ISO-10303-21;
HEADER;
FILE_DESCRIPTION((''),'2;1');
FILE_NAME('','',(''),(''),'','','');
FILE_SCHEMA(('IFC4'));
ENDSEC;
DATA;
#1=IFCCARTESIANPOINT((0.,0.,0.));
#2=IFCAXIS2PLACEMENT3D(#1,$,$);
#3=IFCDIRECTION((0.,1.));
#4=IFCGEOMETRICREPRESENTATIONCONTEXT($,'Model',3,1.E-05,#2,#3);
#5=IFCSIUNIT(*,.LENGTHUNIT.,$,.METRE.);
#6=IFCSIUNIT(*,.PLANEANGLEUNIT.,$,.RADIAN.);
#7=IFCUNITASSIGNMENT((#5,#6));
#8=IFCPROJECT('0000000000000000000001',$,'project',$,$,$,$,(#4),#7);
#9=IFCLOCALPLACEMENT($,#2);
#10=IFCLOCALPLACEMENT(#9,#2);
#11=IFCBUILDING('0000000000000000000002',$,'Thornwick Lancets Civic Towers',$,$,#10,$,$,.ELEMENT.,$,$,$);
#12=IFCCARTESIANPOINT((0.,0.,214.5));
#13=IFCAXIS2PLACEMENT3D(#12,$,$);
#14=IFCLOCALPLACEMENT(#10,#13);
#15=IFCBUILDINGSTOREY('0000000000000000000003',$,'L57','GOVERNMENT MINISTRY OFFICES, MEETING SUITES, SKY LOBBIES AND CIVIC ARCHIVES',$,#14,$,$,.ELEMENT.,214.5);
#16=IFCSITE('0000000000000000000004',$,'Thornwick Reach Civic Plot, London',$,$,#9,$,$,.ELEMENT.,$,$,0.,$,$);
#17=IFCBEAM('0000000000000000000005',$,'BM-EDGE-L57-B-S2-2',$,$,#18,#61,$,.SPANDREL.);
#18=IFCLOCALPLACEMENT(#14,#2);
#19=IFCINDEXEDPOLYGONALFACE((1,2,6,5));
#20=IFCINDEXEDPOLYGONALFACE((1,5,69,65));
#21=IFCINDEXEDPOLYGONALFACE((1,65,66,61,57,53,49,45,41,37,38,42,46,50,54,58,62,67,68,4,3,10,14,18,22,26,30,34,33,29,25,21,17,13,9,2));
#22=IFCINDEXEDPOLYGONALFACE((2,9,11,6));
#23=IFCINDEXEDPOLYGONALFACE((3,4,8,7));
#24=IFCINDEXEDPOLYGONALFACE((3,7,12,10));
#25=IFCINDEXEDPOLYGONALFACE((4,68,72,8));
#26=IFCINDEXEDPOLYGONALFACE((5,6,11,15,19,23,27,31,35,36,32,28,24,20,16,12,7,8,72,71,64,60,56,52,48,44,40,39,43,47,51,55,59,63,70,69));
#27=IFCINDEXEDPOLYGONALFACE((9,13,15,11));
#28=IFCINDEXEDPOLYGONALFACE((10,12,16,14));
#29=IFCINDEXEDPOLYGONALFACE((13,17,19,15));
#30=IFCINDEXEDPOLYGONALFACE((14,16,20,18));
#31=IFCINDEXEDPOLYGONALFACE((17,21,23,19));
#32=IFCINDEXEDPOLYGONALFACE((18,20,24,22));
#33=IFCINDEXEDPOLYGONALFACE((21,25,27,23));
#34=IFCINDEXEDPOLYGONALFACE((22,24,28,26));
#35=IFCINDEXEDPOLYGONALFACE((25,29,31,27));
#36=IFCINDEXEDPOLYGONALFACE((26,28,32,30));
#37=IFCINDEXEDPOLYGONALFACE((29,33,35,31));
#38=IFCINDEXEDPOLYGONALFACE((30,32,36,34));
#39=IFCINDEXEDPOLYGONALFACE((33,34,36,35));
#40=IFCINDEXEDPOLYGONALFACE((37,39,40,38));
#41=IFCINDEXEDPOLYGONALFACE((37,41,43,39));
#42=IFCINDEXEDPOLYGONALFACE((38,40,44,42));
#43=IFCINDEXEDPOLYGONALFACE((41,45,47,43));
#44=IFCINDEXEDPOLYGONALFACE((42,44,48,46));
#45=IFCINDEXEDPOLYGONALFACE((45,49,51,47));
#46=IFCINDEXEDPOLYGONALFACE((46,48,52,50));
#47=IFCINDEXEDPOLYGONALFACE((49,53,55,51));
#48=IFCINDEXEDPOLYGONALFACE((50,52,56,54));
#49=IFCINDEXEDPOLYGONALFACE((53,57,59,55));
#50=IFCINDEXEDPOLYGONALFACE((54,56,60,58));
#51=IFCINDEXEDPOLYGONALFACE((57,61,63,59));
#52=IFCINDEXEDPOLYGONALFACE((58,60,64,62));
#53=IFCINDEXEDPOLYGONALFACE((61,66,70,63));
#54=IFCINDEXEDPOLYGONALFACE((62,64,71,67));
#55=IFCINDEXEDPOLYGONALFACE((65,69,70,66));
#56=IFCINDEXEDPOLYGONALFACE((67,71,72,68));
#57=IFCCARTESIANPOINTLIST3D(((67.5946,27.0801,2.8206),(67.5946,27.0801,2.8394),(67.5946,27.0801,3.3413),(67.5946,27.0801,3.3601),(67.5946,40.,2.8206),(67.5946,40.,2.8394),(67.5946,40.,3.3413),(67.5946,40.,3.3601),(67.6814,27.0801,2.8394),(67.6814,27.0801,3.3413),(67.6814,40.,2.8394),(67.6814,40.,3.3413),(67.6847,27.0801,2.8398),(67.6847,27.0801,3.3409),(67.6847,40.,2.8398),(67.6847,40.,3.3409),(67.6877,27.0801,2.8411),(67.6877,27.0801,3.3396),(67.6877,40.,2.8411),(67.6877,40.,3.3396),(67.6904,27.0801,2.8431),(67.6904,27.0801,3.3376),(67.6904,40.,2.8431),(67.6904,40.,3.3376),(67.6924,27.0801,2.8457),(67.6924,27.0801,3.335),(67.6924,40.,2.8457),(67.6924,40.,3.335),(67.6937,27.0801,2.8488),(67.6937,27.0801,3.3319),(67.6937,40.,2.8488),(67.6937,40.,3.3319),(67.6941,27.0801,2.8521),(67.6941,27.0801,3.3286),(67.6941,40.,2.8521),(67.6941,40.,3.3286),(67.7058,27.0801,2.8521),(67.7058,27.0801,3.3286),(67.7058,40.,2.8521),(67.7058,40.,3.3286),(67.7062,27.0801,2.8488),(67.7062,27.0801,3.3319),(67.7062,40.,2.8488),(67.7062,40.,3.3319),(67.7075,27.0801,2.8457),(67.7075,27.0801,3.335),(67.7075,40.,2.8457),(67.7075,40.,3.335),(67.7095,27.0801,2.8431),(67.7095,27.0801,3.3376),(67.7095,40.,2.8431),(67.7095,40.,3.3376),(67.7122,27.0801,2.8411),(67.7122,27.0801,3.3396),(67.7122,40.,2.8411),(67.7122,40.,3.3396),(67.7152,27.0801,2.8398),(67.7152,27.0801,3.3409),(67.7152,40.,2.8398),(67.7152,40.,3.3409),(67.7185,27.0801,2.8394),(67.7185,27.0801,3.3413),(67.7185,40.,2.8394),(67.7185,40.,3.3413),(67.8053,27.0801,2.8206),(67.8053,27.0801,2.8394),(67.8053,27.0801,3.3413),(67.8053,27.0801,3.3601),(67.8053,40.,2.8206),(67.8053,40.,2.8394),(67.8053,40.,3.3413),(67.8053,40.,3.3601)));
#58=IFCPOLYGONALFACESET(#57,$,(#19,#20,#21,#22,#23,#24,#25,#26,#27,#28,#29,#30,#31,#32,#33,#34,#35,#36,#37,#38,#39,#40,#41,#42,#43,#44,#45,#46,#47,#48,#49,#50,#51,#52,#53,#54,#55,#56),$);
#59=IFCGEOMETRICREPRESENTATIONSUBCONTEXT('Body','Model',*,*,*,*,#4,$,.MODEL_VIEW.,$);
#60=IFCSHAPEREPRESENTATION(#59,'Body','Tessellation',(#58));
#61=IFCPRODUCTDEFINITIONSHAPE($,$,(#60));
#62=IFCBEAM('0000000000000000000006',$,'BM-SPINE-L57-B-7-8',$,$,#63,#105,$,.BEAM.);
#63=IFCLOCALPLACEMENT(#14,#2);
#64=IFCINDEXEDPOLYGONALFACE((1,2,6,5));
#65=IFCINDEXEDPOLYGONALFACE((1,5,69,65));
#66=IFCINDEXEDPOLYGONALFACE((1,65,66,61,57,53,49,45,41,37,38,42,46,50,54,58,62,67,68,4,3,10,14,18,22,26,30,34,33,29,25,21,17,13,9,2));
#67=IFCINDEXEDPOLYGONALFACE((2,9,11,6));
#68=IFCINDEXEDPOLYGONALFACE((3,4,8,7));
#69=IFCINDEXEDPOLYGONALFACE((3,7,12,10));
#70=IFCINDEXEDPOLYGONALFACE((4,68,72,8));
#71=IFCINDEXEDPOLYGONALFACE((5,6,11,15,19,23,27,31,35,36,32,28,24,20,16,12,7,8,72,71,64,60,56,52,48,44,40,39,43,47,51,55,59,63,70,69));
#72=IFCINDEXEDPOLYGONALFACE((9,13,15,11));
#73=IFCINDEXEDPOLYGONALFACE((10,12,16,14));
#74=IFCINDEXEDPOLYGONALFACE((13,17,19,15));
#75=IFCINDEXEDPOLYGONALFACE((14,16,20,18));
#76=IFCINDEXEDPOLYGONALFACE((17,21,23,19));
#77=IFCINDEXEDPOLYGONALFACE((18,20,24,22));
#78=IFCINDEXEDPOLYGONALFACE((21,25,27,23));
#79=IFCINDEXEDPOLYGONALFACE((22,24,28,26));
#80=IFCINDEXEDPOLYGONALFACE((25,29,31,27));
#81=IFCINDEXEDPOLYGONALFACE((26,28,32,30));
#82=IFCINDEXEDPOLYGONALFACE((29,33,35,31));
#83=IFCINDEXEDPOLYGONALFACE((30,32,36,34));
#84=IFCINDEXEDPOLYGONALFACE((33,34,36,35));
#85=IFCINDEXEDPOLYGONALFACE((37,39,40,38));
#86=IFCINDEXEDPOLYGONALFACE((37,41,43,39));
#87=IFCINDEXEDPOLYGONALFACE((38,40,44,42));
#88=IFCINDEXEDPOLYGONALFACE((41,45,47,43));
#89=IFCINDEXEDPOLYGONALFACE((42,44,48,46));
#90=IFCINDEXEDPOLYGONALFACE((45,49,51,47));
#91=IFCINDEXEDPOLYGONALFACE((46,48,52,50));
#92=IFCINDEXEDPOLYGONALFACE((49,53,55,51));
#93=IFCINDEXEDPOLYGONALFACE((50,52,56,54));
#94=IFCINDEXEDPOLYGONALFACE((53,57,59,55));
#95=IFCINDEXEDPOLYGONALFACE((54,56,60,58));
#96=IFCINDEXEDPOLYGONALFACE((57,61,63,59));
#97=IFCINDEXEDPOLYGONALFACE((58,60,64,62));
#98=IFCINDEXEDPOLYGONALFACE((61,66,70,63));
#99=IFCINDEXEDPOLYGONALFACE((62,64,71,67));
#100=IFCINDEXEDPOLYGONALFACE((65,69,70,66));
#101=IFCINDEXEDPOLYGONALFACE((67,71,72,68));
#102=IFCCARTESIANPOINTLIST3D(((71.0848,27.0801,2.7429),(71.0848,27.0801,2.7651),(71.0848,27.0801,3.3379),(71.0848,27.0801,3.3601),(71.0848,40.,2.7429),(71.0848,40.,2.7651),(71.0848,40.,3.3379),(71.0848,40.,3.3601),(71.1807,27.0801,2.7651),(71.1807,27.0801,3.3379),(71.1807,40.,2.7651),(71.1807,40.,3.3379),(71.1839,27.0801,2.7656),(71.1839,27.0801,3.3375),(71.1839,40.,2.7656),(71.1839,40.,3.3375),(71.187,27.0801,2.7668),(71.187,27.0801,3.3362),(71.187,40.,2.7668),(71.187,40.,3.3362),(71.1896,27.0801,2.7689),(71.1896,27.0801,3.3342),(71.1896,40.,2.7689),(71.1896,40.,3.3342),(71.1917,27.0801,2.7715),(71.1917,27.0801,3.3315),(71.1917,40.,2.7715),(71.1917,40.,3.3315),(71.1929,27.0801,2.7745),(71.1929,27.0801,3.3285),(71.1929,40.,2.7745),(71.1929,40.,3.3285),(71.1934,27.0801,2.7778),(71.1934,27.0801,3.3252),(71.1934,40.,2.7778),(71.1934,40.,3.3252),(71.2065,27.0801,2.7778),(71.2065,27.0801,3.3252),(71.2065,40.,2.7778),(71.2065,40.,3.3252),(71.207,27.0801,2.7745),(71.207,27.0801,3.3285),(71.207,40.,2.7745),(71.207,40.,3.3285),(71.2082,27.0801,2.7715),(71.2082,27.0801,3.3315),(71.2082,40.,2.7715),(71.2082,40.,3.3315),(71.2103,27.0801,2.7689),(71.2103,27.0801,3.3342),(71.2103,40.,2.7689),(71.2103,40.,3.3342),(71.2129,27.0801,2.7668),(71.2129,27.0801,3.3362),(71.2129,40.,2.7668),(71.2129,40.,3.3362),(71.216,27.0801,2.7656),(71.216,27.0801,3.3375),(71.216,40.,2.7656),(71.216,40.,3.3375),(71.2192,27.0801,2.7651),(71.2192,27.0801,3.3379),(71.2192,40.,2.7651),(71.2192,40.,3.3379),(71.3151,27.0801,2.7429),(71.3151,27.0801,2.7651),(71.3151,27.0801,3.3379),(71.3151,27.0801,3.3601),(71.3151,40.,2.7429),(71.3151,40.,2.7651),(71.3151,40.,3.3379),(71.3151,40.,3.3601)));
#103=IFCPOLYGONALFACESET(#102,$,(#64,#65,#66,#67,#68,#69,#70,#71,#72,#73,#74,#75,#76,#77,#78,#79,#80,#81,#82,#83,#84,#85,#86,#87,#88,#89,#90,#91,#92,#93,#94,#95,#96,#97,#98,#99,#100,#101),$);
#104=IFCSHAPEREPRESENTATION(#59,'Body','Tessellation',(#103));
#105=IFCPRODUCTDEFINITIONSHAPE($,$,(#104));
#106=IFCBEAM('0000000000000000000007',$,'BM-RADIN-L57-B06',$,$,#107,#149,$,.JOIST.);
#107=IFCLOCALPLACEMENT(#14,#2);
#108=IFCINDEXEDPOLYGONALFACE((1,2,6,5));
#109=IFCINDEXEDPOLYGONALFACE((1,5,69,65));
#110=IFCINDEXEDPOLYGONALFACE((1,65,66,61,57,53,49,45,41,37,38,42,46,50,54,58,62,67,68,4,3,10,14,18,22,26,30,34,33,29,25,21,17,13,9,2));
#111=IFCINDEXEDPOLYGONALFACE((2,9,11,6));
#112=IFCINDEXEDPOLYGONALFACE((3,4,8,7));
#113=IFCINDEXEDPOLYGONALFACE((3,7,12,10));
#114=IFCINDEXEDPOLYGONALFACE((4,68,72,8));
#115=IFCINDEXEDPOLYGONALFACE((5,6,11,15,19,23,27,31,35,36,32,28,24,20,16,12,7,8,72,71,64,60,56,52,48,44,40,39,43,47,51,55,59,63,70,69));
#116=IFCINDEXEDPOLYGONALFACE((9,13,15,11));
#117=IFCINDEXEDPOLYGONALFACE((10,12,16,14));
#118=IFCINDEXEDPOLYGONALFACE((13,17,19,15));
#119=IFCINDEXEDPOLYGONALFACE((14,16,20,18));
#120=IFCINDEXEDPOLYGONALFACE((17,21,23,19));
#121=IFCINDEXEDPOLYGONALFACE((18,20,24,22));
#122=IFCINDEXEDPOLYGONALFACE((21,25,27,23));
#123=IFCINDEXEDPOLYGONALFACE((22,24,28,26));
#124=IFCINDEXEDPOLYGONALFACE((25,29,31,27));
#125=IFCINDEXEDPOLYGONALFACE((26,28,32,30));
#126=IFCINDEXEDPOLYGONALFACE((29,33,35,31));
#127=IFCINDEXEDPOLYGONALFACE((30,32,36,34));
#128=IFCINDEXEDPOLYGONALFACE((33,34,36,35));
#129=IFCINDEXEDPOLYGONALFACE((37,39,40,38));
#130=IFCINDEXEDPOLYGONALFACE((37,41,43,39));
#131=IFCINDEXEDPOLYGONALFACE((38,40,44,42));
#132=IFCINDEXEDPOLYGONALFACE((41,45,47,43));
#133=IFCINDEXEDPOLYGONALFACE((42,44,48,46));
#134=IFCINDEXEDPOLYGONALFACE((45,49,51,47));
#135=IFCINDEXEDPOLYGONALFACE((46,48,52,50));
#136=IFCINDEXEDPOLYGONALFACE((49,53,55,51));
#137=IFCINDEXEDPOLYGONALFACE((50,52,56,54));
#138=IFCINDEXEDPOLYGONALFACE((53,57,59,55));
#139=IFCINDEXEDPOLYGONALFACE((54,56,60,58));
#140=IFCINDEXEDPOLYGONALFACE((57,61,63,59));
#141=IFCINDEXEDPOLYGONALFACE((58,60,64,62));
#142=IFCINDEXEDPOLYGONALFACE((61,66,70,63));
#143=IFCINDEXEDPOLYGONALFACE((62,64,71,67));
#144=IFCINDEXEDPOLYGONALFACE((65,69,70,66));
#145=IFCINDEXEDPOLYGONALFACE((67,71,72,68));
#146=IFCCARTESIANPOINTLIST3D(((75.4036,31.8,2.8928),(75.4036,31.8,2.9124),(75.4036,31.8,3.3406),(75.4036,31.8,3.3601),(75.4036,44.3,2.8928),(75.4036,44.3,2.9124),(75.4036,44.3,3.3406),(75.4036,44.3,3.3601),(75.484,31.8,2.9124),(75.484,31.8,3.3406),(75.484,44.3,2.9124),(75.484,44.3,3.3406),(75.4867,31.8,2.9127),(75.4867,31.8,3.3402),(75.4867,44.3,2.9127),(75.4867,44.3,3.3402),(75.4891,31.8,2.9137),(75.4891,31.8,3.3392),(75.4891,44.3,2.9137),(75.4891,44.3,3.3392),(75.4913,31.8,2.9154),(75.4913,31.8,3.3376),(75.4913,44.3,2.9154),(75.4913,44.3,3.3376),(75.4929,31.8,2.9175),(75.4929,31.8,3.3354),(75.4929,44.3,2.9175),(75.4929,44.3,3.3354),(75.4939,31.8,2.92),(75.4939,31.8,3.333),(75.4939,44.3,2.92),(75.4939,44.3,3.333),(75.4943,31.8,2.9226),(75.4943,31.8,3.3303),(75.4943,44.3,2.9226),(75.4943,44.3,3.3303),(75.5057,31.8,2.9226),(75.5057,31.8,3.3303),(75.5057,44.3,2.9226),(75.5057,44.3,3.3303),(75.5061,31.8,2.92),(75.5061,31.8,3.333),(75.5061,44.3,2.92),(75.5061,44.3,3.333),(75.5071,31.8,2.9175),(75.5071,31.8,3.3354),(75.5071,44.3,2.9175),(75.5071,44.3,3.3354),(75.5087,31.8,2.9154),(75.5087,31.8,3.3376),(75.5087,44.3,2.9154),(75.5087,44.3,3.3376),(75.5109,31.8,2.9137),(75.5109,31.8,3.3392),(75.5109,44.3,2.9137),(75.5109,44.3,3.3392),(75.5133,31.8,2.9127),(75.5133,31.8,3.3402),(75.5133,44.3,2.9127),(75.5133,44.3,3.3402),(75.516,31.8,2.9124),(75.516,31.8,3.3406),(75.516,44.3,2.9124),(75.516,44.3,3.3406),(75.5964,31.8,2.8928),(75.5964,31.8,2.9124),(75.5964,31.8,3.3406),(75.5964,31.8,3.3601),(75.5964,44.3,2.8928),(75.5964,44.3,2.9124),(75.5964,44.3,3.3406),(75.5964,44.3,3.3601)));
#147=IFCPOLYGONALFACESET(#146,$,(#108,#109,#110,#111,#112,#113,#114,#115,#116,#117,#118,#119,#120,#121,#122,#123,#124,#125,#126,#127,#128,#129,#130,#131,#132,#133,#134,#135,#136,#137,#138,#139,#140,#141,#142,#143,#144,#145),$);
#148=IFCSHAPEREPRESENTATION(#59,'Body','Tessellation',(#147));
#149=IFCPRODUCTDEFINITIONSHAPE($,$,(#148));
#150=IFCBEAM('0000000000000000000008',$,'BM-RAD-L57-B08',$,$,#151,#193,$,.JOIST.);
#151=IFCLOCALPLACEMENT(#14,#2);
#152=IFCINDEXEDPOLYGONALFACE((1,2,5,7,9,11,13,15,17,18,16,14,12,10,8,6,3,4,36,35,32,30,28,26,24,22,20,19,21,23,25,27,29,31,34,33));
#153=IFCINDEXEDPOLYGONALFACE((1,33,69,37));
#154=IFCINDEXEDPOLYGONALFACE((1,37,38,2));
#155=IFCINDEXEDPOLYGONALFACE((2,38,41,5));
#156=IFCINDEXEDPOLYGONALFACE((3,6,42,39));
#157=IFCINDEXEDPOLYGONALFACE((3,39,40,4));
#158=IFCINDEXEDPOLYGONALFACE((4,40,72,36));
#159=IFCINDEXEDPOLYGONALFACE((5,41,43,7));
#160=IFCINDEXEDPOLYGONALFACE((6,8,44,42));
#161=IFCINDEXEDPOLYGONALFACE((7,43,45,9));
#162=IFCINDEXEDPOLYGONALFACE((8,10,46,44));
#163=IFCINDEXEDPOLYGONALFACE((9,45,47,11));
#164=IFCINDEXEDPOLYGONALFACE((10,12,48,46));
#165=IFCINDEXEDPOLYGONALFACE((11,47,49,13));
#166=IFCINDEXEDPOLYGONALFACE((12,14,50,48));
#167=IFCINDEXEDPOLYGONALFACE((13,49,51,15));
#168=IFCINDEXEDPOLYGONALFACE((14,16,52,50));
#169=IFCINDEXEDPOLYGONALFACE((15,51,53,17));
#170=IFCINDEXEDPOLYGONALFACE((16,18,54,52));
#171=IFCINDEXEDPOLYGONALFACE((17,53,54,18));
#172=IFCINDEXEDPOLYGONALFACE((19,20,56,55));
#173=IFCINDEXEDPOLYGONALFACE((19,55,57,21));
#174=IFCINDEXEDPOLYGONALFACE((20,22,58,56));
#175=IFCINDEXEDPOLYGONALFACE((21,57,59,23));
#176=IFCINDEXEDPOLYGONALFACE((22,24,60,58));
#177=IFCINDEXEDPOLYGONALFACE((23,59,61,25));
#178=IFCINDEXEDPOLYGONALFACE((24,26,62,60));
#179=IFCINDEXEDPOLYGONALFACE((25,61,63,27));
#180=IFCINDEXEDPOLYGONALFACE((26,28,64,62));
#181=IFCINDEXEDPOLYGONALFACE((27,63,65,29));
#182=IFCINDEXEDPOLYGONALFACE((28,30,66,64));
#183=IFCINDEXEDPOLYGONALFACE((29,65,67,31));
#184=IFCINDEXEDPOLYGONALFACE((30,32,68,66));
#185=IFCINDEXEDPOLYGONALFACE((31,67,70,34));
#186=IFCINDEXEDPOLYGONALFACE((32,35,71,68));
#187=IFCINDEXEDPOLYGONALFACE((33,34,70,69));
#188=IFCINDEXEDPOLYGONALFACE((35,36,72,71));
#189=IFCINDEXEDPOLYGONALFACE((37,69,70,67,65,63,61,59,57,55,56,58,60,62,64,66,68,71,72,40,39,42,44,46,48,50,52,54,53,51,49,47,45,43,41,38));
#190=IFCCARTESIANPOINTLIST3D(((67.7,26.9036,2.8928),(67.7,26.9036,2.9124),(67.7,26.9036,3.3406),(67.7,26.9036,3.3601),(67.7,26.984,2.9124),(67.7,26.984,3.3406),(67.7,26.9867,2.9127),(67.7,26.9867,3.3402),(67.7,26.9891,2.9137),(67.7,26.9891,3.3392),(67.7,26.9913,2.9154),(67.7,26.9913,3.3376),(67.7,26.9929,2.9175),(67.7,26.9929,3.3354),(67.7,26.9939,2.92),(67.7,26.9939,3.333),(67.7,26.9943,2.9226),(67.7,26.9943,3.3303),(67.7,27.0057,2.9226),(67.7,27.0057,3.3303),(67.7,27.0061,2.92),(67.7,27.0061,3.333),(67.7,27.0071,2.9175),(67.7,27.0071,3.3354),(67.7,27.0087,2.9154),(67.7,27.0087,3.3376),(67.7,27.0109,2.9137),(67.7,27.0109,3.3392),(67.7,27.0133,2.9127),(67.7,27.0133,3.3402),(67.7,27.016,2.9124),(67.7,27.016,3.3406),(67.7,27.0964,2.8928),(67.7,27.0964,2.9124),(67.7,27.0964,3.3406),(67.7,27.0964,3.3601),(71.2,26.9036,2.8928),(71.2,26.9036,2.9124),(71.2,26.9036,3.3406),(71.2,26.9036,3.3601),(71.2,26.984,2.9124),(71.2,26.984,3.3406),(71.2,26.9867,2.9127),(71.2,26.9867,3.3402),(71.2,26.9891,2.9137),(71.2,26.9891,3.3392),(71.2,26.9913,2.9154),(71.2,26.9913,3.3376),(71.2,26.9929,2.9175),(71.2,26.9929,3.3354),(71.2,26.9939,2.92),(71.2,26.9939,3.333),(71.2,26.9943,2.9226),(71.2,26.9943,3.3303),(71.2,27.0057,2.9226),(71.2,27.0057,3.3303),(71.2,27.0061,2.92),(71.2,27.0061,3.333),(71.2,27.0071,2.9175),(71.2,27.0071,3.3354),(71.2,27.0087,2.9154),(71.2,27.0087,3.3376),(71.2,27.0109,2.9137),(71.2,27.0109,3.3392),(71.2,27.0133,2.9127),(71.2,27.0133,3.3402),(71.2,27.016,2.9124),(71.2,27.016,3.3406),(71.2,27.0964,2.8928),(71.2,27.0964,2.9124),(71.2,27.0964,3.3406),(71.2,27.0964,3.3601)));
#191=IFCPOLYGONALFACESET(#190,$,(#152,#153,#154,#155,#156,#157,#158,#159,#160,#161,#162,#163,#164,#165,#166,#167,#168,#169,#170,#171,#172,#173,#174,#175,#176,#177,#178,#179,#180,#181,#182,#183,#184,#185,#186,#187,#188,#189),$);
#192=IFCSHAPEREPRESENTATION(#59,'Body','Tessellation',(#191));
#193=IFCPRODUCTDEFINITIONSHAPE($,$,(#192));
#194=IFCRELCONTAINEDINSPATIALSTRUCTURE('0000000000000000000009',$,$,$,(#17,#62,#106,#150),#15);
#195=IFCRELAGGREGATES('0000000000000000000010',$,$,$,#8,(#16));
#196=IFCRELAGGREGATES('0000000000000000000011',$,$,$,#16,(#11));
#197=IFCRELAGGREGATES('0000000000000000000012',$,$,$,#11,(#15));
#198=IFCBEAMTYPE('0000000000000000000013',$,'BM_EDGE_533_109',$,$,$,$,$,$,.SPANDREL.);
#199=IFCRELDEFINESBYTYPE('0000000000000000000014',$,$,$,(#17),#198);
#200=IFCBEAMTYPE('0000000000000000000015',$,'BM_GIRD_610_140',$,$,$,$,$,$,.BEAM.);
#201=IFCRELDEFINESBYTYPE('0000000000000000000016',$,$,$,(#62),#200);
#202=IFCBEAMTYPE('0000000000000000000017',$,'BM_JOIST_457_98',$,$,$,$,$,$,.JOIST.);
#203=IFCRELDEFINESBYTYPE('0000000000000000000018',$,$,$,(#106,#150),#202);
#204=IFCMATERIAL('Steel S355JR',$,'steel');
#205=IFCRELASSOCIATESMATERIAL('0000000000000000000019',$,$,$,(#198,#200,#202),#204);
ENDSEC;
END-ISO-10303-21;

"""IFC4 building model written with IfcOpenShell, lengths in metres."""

from ifc_helpers import new_model, si_unit, direction, frame, origin, origin_2d, place, context, subcontext, project, spatial, i_section, extrude, material, material_profile, profile_set, type_object, element, save


model = new_model("IFC4")

# Units and contexts
model_context = context("Model", 3, precision=1e-05, world=origin(), true_north=direction((0.0, 1.0)))
body_context = subcontext(model_context, "Body", "Model", "MODEL_VIEW")
ifc_project = project(units=[si_unit("LENGTHUNIT", "METRE"), si_unit("PLANEANGLEUNIT", "RADIAN")], contexts=[model_context])

# Site, building, storey
site_placement = place(None, origin())
site = spatial("IfcSite", under=ifc_project, at=site_placement, Name="Thornwick Reach Civic Plot, London", CompositionType="ELEMENT", RefElevation=0.0)
building_placement = place(site_placement, origin())
building = spatial("IfcBuilding", under=site, at=building_placement, Name="Thornwick Lancets Civic Towers", CompositionType="ELEMENT")
storey_placement = place(building_placement, frame((0.0, 0.0, 214.5)))
storey = spatial("IfcBuildingStorey", under=building, at=storey_placement, Name="L57", Description="GOVERNMENT MINISTRY OFFICES, MEETING SUITES, SKY LOBBIES AND CIVIC ARCHIVES", CompositionType="ELEMENT", Elevation=214.5)

# Shared definitions
ifc_material_1 = material(Name="Steel S355JR", Category="steel")

# Beams
ifc_material_profile_1 = material_profile(ifc_material_1, i_section(OverallWidth=0.2107, OverallDepth=0.5396, WebThickness=0.0117, FlangeThickness=0.0188, FilletRadius=0.0127, at=origin_2d()), Name="UKB 533x210x109")
ifc_profile_set_1 = profile_set([ifc_material_profile_1], Name="Steel S355JR")
beam_type_1 = type_object("IfcBeamType", Name="BM_EDGE_533_109", PredefinedType="SPANDREL", material=ifc_profile_set_1)
beam_1_placement = place(storey_placement, frame((67.7, 27.0801, 3.0903), z_axis=(0.0, 1.0, 0.0), x_axis=(-1.0, 0.0, 0.0)))
element("IfcBeam", 1, at=beam_1_placement, inside=storey, type_object=beam_type_1, Name="BM-EDGE-L57-B-S2-2", PredefinedType="SPANDREL", context=body_context, shape_type="SweptSolid", body=[
    extrude(i_section(OverallWidth=0.2107, OverallDepth=0.5396, WebThickness=0.0117, FlangeThickness=0.0188, FilletRadius=0.0127, at=origin_2d()), origin(), (0.0, 0.0, 1.0), 12.9199),
])
ifc_material_profile_2 = material_profile(ifc_material_1, i_section(OverallWidth=0.2302, OverallDepth=0.6172, WebThickness=0.0132, FlangeThickness=0.0222, FilletRadius=0.0127, at=origin_2d()), Name="UKB 610x229x140")
ifc_profile_set_2 = profile_set([ifc_material_profile_2], Name="Steel S355JR")
beam_type_2 = type_object("IfcBeamType", Name="BM_GIRD_610_140", PredefinedType="BEAM", material=ifc_profile_set_2)
beam_2_placement = place(storey_placement, frame((71.2, 27.0801, 3.0515), z_axis=(0.0, 1.0, 0.0), x_axis=(-1.0, 0.0, 0.0)))
element("IfcBeam", 2, at=beam_2_placement, inside=storey, type_object=beam_type_2, Name="BM-SPINE-L57-B-7-8", PredefinedType="BEAM", context=body_context, shape_type="SweptSolid", body=[
    extrude(i_section(OverallWidth=0.2302, OverallDepth=0.6172, WebThickness=0.0132, FlangeThickness=0.0222, FilletRadius=0.0127, at=origin_2d()), origin(), (0.0, 0.0, 1.0), 12.9199),
])
ifc_material_profile_3 = material_profile(ifc_material_1, i_section(OverallWidth=0.1929, OverallDepth=0.4673, WebThickness=0.0115, FlangeThickness=0.0195, FilletRadius=0.0103, at=origin_2d()), Name="UKB 457x191x98")
ifc_profile_set_3 = profile_set([ifc_material_profile_3], Name="Steel S355JR")
beam_type_3 = type_object("IfcBeamType", Name="BM_JOIST_457_98", PredefinedType="JOIST", material=ifc_profile_set_3)
beam_3_placement = place(storey_placement, frame((75.5, 31.8, 3.1265), z_axis=(0.0, 1.0, 0.0), x_axis=(-1.0, 0.0, 0.0)))
element("IfcBeam", 3, at=beam_3_placement, inside=storey, type_object=beam_type_3, Name="BM-RADIN-L57-B06", PredefinedType="JOIST", context=body_context, shape_type="SweptSolid", body=[
    extrude(i_section(OverallWidth=0.1929, OverallDepth=0.4673, WebThickness=0.0115, FlangeThickness=0.0195, FilletRadius=0.0103, at=origin_2d()), origin(), (0.0, 0.0, 1.0), 12.5),
])
for number, where, z_axis, x_axis, name in (
    (4, (71.2, 27.0, 3.1265), (-1.0, 0.0, 0.0), (0.0, -1.0, 0.0), "BM-RAD-L57-B08"),
):
    element("IfcBeam", number, at=place(storey_placement, frame(where, z_axis=z_axis, x_axis=x_axis)), inside=storey, type_object=beam_type_3, Name=name, PredefinedType="JOIST", context=body_context, shape_type="SweptSolid", body=[
        extrude(i_section(OverallWidth=0.1929, OverallDepth=0.4673, WebThickness=0.0115, FlangeThickness=0.0195, FilletRadius=0.0103, at=origin_2d()), origin(), (0.0, 0.0, 1.0), 3.5),
    ])

save(model, "model.ifc")
